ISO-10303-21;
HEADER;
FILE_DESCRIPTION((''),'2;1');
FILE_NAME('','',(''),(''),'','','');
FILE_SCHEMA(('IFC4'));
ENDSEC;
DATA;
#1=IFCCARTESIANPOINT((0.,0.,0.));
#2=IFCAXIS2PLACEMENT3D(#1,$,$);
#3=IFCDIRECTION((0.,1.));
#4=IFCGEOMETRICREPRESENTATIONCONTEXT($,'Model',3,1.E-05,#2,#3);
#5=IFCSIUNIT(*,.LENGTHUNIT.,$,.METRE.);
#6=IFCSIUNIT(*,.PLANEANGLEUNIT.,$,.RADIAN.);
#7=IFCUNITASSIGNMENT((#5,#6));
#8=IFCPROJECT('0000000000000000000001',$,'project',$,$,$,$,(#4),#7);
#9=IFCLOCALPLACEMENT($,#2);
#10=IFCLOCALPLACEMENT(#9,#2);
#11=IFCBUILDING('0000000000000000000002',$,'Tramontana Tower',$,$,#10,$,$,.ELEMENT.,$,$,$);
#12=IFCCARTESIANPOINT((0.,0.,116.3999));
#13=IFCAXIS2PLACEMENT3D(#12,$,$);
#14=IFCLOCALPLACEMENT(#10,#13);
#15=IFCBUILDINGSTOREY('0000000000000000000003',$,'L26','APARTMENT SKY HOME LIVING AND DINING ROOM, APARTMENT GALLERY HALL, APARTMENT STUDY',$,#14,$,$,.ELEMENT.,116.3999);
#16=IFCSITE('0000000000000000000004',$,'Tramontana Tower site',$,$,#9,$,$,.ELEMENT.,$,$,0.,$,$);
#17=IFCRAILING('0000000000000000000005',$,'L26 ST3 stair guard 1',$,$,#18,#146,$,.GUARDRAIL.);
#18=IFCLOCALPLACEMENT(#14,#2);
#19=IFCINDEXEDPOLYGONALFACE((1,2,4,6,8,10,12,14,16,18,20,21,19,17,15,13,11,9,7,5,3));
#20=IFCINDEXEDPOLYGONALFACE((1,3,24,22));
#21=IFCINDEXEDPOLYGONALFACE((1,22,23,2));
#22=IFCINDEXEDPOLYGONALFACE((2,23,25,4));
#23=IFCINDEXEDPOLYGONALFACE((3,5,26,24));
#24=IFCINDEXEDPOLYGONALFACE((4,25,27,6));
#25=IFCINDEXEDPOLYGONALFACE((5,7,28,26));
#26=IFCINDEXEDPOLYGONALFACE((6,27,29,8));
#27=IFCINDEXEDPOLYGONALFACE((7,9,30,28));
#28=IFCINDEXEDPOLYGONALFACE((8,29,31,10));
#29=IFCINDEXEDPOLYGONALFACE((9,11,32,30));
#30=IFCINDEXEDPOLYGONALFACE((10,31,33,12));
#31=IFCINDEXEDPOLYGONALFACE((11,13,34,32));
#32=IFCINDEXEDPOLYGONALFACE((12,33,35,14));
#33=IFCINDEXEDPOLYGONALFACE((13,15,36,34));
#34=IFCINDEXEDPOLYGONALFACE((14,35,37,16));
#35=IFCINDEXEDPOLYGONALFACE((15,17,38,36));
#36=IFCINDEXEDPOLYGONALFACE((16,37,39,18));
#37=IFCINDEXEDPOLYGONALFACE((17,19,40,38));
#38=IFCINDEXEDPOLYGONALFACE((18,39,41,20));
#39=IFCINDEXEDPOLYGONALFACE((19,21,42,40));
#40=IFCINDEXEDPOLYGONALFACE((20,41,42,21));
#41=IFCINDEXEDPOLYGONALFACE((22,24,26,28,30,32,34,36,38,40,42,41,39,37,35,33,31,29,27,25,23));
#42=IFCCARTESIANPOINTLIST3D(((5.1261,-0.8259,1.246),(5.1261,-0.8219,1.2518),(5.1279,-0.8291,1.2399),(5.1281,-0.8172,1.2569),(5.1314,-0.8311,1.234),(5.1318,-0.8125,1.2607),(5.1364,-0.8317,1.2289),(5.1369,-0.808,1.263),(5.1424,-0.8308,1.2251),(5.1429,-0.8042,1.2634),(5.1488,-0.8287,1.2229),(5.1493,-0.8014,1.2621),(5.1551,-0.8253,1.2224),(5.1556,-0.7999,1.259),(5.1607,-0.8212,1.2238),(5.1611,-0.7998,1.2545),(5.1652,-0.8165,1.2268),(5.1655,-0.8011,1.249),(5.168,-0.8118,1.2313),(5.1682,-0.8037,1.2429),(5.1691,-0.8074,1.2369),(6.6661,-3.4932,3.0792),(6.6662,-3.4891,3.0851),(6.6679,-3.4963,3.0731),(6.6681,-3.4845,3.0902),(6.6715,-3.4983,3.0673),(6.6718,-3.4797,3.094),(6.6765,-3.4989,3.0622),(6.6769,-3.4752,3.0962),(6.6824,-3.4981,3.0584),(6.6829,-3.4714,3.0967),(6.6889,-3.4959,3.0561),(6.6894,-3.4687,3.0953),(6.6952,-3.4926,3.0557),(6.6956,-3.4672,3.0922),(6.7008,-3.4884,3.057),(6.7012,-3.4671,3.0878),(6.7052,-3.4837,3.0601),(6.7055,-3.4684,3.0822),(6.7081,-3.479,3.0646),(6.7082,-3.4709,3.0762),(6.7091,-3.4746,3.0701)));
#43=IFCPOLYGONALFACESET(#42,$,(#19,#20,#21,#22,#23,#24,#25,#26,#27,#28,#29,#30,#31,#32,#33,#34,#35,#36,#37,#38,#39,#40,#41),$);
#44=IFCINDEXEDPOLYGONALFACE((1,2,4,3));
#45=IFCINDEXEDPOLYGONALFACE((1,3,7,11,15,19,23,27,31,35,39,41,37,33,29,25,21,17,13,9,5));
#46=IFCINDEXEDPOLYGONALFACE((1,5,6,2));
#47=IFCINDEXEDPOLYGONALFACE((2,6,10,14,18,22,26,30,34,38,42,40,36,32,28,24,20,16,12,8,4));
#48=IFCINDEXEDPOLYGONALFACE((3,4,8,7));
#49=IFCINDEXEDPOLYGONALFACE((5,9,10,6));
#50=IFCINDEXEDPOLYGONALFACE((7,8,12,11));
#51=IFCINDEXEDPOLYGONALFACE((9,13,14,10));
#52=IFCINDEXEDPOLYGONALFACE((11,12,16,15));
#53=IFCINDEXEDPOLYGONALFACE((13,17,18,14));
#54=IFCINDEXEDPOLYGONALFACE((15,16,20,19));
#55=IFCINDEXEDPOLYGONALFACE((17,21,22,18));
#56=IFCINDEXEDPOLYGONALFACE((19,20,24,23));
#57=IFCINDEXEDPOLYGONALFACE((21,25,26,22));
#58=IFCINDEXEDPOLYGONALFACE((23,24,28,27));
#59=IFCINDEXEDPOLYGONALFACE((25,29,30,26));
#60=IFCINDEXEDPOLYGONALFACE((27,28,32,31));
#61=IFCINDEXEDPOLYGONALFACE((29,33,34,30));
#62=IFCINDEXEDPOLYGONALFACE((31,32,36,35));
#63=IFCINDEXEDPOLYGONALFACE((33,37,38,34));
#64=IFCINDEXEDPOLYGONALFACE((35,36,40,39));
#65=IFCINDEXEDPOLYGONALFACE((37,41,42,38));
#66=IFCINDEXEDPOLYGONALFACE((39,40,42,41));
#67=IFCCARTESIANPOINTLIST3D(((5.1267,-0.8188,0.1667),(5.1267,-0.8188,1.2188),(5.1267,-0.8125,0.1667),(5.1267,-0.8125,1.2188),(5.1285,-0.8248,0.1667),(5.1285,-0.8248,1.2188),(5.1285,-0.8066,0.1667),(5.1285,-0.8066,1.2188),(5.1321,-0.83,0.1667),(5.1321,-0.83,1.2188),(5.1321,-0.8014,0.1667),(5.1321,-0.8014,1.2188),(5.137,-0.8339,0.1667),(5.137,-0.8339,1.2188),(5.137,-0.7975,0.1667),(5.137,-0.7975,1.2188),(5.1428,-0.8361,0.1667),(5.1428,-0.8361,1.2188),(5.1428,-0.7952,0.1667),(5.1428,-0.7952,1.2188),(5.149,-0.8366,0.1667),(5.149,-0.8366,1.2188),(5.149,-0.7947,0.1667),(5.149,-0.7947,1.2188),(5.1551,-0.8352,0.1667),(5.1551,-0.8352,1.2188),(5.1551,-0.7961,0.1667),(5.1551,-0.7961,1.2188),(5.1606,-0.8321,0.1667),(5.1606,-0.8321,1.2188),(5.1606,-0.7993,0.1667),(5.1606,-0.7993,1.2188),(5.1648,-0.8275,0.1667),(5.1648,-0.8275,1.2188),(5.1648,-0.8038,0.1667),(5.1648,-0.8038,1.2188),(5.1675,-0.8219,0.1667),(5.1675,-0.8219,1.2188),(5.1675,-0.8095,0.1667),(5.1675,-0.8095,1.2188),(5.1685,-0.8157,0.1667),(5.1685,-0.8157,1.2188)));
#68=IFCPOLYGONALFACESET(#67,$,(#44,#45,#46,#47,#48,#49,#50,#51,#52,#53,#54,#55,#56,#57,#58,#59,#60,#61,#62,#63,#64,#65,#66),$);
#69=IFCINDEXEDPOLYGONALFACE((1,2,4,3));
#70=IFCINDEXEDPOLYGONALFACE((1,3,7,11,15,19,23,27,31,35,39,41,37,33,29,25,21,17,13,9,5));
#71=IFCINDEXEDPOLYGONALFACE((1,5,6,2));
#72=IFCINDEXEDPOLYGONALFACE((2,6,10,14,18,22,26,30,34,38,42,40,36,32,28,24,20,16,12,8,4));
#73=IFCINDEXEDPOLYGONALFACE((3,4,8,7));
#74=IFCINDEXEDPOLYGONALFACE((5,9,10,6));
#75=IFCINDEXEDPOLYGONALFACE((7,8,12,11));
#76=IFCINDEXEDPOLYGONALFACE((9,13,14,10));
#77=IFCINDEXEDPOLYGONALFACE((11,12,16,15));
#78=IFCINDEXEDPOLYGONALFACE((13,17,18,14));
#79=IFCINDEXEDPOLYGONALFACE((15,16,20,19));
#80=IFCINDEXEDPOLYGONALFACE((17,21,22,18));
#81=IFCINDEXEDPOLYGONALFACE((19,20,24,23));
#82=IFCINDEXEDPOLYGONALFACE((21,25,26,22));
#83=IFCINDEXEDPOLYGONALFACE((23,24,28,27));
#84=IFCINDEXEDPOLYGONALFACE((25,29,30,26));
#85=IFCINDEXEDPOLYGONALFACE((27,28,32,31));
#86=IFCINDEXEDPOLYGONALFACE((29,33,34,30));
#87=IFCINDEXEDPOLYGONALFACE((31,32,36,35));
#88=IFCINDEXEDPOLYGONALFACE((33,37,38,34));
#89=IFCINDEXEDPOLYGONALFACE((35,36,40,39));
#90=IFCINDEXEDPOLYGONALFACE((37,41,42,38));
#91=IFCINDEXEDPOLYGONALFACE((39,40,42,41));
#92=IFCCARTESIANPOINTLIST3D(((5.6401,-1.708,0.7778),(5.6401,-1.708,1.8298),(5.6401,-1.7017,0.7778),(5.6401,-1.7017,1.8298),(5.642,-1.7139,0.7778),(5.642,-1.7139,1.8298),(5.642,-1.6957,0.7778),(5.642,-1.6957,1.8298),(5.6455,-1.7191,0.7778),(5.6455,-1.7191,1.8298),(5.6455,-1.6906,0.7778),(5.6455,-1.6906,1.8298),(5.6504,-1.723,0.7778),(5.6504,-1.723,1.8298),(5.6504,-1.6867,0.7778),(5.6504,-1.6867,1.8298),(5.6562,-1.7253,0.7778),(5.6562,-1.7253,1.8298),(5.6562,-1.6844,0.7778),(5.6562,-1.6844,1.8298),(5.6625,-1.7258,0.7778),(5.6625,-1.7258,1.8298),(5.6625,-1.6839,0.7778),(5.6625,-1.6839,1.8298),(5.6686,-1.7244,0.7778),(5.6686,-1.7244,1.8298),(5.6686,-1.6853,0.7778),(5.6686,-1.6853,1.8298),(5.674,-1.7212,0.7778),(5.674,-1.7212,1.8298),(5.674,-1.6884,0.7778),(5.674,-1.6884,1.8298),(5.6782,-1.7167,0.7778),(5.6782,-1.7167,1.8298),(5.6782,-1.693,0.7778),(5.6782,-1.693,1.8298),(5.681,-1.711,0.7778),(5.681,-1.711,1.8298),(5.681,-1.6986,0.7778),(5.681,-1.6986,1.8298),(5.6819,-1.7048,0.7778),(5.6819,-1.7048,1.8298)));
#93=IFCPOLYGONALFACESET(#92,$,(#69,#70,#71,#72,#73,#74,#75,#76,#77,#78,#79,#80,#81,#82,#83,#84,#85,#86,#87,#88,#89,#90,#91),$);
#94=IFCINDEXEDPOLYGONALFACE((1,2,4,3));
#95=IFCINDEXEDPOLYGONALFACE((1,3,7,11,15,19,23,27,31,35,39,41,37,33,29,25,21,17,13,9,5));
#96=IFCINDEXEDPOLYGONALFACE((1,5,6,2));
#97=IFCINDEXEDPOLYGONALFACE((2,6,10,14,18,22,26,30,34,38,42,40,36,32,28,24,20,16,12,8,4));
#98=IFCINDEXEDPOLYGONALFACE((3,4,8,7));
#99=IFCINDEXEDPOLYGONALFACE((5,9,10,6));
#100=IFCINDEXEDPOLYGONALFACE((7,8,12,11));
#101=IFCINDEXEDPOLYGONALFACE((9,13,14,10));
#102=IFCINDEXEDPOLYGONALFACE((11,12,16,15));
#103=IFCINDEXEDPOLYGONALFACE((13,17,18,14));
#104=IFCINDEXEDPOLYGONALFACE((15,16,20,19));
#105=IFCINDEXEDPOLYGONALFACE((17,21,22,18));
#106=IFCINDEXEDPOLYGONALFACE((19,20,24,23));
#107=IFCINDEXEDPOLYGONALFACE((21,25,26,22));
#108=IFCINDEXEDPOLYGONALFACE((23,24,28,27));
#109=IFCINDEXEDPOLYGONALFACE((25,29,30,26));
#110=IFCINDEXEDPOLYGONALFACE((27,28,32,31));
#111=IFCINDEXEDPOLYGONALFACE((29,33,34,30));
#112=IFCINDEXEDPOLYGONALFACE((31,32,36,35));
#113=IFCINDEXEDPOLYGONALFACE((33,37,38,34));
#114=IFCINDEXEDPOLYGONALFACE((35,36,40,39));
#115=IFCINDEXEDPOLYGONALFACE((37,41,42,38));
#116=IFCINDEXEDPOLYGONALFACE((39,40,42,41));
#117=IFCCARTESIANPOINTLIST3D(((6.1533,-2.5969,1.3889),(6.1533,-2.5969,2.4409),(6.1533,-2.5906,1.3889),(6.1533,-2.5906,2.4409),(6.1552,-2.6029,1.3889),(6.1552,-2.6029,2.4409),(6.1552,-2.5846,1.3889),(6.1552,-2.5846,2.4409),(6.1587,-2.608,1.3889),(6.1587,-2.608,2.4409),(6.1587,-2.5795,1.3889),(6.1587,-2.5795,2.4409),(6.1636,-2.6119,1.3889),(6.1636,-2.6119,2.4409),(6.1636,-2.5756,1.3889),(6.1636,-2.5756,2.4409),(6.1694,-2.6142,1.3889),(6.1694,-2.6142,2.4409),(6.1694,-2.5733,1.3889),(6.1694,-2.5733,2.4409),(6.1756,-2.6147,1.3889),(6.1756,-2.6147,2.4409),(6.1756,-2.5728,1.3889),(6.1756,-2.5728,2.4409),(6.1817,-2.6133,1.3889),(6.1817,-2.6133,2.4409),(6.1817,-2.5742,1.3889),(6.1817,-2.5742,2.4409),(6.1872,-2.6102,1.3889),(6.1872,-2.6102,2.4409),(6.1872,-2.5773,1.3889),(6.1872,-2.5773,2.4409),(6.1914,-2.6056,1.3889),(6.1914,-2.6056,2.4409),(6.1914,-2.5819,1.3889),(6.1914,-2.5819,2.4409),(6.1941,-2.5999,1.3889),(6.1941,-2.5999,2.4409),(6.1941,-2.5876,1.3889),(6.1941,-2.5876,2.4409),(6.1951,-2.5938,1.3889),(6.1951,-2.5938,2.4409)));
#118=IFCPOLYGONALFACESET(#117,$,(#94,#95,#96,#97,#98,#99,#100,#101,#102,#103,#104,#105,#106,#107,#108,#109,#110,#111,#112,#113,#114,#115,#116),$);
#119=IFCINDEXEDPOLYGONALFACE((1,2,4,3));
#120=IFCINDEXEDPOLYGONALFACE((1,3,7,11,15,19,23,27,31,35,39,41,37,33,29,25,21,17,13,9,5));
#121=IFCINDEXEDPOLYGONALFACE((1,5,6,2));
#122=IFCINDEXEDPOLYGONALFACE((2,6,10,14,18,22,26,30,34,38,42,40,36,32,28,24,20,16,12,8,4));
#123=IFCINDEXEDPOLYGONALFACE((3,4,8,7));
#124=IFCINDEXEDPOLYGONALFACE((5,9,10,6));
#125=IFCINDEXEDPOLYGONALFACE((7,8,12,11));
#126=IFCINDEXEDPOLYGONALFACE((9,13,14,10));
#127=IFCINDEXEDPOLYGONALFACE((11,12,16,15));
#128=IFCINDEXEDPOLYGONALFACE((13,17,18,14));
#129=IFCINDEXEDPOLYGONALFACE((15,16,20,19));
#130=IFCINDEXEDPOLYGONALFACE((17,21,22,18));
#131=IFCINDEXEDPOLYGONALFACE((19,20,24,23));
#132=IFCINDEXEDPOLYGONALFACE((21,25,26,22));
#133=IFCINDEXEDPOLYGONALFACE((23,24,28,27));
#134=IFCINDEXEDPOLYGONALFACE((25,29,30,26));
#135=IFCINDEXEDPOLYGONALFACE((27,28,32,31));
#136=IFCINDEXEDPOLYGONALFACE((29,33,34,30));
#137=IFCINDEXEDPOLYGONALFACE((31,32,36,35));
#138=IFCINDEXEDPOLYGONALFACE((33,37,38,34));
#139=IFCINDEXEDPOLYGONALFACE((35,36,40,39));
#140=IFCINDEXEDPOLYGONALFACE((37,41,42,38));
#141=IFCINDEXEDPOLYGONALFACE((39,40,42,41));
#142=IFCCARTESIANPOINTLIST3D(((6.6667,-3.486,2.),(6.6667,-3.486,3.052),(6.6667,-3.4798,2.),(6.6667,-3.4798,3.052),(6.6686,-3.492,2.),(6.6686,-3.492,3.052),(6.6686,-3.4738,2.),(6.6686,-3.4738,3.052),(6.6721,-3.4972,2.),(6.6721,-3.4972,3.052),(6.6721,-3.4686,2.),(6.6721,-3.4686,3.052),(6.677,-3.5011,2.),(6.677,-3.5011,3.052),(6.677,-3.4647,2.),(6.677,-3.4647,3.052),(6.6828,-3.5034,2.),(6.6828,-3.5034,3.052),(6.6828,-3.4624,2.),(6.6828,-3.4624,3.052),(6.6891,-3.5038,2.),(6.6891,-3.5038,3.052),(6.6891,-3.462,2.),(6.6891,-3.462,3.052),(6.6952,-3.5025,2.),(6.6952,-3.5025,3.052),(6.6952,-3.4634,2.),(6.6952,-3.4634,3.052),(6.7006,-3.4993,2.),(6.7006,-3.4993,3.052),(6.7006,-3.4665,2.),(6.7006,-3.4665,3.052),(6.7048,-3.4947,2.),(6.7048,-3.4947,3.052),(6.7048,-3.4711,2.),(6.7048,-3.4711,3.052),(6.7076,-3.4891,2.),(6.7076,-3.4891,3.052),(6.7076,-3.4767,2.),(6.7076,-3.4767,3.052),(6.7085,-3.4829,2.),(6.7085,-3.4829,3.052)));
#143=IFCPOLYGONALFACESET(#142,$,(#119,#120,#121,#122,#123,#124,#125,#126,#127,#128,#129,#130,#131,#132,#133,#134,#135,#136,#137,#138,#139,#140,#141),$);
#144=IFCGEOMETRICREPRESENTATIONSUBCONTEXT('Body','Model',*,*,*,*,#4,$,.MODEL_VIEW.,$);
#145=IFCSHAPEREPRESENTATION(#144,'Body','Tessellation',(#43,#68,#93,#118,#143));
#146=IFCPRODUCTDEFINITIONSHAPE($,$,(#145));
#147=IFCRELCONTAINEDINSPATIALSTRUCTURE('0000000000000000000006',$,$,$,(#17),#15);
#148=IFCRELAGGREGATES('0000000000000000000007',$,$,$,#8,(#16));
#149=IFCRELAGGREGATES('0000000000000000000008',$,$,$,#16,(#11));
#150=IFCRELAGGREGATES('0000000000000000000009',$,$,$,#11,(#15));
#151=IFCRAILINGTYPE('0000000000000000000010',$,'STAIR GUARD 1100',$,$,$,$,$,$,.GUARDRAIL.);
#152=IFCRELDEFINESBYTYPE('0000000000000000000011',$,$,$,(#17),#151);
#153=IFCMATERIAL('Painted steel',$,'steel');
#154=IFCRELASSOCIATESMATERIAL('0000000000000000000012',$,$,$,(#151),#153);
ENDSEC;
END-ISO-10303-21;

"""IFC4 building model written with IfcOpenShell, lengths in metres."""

from ifc_helpers import new_model, si_unit, direction, frame, origin, origin_2d, place, context, subcontext, project, spatial, circle, extrude, material, type_object, element, save


model = new_model("IFC4")

# Units and contexts
model_context = context("Model", 3, precision=1e-05, world=origin(), true_north=direction((0.0, 1.0)))
body_context = subcontext(model_context, "Body", "Model", "MODEL_VIEW")
ifc_project = project(units=[si_unit("LENGTHUNIT", "METRE"), si_unit("PLANEANGLEUNIT", "RADIAN")], contexts=[model_context])

# Site, building, storey
site_placement = place(None, origin())
site = spatial("IfcSite", under=ifc_project, at=site_placement, Name="Tramontana Tower site", CompositionType="ELEMENT", RefElevation=0.0)
building_placement = place(site_placement, origin())
building = spatial("IfcBuilding", under=site, at=building_placement, Name="Tramontana Tower", CompositionType="ELEMENT")
storey_placement = place(building_placement, frame((0.0, 0.0, 116.3999)))
storey = spatial("IfcBuildingStorey", under=building, at=storey_placement, Name="L26", Description="APARTMENT SKY HOME LIVING AND DINING ROOM, APARTMENT GALLERY HALL, APARTMENT STUDY", CompositionType="ELEMENT", Elevation=116.3999)

# Railing
ifc_material_1 = material(Name="Painted steel", Category="steel")
railing_type_1 = type_object("IfcRailingType", Name="STAIR GUARD 1100", PredefinedType="GUARDRAIL", material=ifc_material_1)
railing_1_placement = place(storey_placement, frame((5.1475, -0.8157, 0.1667)))
element("IfcRailing", 1, at=railing_1_placement, inside=storey, type_object=railing_type_1, Name="L26 ST3 stair guard 1", PredefinedType="GUARDRAIL", context=body_context, shape_type="SweptSolid", body=[
    extrude(circle(Radius=0.0239, at=origin_2d()), frame((0.0, 0.0, 1.0762), z_axis=(0.429671, -0.744159, 0.511478), x_axis=(0.86601, 0.500027, 0.0)), (0.0, 0.0, 1.0), 3.5842),
    extrude(circle(Radius=0.021, at=origin_2d()), origin(), (0.0, 0.0, 1.0), 1.052),
    extrude(circle(Radius=0.021, at=origin_2d()), frame((0.5134, -0.8892, 0.6111)), (0.0, 0.0, 1.0), 1.052),
    extrude(circle(Radius=0.021, at=origin_2d()), frame((1.0266, -1.7781, 1.2222)), (0.0, 0.0, 1.0), 1.052),
    extrude(circle(Radius=0.021, at=origin_2d()), frame((1.54, -2.6672, 1.8333)), (0.0, 0.0, 1.0), 1.052),
])

save(model, "model.ifc")
